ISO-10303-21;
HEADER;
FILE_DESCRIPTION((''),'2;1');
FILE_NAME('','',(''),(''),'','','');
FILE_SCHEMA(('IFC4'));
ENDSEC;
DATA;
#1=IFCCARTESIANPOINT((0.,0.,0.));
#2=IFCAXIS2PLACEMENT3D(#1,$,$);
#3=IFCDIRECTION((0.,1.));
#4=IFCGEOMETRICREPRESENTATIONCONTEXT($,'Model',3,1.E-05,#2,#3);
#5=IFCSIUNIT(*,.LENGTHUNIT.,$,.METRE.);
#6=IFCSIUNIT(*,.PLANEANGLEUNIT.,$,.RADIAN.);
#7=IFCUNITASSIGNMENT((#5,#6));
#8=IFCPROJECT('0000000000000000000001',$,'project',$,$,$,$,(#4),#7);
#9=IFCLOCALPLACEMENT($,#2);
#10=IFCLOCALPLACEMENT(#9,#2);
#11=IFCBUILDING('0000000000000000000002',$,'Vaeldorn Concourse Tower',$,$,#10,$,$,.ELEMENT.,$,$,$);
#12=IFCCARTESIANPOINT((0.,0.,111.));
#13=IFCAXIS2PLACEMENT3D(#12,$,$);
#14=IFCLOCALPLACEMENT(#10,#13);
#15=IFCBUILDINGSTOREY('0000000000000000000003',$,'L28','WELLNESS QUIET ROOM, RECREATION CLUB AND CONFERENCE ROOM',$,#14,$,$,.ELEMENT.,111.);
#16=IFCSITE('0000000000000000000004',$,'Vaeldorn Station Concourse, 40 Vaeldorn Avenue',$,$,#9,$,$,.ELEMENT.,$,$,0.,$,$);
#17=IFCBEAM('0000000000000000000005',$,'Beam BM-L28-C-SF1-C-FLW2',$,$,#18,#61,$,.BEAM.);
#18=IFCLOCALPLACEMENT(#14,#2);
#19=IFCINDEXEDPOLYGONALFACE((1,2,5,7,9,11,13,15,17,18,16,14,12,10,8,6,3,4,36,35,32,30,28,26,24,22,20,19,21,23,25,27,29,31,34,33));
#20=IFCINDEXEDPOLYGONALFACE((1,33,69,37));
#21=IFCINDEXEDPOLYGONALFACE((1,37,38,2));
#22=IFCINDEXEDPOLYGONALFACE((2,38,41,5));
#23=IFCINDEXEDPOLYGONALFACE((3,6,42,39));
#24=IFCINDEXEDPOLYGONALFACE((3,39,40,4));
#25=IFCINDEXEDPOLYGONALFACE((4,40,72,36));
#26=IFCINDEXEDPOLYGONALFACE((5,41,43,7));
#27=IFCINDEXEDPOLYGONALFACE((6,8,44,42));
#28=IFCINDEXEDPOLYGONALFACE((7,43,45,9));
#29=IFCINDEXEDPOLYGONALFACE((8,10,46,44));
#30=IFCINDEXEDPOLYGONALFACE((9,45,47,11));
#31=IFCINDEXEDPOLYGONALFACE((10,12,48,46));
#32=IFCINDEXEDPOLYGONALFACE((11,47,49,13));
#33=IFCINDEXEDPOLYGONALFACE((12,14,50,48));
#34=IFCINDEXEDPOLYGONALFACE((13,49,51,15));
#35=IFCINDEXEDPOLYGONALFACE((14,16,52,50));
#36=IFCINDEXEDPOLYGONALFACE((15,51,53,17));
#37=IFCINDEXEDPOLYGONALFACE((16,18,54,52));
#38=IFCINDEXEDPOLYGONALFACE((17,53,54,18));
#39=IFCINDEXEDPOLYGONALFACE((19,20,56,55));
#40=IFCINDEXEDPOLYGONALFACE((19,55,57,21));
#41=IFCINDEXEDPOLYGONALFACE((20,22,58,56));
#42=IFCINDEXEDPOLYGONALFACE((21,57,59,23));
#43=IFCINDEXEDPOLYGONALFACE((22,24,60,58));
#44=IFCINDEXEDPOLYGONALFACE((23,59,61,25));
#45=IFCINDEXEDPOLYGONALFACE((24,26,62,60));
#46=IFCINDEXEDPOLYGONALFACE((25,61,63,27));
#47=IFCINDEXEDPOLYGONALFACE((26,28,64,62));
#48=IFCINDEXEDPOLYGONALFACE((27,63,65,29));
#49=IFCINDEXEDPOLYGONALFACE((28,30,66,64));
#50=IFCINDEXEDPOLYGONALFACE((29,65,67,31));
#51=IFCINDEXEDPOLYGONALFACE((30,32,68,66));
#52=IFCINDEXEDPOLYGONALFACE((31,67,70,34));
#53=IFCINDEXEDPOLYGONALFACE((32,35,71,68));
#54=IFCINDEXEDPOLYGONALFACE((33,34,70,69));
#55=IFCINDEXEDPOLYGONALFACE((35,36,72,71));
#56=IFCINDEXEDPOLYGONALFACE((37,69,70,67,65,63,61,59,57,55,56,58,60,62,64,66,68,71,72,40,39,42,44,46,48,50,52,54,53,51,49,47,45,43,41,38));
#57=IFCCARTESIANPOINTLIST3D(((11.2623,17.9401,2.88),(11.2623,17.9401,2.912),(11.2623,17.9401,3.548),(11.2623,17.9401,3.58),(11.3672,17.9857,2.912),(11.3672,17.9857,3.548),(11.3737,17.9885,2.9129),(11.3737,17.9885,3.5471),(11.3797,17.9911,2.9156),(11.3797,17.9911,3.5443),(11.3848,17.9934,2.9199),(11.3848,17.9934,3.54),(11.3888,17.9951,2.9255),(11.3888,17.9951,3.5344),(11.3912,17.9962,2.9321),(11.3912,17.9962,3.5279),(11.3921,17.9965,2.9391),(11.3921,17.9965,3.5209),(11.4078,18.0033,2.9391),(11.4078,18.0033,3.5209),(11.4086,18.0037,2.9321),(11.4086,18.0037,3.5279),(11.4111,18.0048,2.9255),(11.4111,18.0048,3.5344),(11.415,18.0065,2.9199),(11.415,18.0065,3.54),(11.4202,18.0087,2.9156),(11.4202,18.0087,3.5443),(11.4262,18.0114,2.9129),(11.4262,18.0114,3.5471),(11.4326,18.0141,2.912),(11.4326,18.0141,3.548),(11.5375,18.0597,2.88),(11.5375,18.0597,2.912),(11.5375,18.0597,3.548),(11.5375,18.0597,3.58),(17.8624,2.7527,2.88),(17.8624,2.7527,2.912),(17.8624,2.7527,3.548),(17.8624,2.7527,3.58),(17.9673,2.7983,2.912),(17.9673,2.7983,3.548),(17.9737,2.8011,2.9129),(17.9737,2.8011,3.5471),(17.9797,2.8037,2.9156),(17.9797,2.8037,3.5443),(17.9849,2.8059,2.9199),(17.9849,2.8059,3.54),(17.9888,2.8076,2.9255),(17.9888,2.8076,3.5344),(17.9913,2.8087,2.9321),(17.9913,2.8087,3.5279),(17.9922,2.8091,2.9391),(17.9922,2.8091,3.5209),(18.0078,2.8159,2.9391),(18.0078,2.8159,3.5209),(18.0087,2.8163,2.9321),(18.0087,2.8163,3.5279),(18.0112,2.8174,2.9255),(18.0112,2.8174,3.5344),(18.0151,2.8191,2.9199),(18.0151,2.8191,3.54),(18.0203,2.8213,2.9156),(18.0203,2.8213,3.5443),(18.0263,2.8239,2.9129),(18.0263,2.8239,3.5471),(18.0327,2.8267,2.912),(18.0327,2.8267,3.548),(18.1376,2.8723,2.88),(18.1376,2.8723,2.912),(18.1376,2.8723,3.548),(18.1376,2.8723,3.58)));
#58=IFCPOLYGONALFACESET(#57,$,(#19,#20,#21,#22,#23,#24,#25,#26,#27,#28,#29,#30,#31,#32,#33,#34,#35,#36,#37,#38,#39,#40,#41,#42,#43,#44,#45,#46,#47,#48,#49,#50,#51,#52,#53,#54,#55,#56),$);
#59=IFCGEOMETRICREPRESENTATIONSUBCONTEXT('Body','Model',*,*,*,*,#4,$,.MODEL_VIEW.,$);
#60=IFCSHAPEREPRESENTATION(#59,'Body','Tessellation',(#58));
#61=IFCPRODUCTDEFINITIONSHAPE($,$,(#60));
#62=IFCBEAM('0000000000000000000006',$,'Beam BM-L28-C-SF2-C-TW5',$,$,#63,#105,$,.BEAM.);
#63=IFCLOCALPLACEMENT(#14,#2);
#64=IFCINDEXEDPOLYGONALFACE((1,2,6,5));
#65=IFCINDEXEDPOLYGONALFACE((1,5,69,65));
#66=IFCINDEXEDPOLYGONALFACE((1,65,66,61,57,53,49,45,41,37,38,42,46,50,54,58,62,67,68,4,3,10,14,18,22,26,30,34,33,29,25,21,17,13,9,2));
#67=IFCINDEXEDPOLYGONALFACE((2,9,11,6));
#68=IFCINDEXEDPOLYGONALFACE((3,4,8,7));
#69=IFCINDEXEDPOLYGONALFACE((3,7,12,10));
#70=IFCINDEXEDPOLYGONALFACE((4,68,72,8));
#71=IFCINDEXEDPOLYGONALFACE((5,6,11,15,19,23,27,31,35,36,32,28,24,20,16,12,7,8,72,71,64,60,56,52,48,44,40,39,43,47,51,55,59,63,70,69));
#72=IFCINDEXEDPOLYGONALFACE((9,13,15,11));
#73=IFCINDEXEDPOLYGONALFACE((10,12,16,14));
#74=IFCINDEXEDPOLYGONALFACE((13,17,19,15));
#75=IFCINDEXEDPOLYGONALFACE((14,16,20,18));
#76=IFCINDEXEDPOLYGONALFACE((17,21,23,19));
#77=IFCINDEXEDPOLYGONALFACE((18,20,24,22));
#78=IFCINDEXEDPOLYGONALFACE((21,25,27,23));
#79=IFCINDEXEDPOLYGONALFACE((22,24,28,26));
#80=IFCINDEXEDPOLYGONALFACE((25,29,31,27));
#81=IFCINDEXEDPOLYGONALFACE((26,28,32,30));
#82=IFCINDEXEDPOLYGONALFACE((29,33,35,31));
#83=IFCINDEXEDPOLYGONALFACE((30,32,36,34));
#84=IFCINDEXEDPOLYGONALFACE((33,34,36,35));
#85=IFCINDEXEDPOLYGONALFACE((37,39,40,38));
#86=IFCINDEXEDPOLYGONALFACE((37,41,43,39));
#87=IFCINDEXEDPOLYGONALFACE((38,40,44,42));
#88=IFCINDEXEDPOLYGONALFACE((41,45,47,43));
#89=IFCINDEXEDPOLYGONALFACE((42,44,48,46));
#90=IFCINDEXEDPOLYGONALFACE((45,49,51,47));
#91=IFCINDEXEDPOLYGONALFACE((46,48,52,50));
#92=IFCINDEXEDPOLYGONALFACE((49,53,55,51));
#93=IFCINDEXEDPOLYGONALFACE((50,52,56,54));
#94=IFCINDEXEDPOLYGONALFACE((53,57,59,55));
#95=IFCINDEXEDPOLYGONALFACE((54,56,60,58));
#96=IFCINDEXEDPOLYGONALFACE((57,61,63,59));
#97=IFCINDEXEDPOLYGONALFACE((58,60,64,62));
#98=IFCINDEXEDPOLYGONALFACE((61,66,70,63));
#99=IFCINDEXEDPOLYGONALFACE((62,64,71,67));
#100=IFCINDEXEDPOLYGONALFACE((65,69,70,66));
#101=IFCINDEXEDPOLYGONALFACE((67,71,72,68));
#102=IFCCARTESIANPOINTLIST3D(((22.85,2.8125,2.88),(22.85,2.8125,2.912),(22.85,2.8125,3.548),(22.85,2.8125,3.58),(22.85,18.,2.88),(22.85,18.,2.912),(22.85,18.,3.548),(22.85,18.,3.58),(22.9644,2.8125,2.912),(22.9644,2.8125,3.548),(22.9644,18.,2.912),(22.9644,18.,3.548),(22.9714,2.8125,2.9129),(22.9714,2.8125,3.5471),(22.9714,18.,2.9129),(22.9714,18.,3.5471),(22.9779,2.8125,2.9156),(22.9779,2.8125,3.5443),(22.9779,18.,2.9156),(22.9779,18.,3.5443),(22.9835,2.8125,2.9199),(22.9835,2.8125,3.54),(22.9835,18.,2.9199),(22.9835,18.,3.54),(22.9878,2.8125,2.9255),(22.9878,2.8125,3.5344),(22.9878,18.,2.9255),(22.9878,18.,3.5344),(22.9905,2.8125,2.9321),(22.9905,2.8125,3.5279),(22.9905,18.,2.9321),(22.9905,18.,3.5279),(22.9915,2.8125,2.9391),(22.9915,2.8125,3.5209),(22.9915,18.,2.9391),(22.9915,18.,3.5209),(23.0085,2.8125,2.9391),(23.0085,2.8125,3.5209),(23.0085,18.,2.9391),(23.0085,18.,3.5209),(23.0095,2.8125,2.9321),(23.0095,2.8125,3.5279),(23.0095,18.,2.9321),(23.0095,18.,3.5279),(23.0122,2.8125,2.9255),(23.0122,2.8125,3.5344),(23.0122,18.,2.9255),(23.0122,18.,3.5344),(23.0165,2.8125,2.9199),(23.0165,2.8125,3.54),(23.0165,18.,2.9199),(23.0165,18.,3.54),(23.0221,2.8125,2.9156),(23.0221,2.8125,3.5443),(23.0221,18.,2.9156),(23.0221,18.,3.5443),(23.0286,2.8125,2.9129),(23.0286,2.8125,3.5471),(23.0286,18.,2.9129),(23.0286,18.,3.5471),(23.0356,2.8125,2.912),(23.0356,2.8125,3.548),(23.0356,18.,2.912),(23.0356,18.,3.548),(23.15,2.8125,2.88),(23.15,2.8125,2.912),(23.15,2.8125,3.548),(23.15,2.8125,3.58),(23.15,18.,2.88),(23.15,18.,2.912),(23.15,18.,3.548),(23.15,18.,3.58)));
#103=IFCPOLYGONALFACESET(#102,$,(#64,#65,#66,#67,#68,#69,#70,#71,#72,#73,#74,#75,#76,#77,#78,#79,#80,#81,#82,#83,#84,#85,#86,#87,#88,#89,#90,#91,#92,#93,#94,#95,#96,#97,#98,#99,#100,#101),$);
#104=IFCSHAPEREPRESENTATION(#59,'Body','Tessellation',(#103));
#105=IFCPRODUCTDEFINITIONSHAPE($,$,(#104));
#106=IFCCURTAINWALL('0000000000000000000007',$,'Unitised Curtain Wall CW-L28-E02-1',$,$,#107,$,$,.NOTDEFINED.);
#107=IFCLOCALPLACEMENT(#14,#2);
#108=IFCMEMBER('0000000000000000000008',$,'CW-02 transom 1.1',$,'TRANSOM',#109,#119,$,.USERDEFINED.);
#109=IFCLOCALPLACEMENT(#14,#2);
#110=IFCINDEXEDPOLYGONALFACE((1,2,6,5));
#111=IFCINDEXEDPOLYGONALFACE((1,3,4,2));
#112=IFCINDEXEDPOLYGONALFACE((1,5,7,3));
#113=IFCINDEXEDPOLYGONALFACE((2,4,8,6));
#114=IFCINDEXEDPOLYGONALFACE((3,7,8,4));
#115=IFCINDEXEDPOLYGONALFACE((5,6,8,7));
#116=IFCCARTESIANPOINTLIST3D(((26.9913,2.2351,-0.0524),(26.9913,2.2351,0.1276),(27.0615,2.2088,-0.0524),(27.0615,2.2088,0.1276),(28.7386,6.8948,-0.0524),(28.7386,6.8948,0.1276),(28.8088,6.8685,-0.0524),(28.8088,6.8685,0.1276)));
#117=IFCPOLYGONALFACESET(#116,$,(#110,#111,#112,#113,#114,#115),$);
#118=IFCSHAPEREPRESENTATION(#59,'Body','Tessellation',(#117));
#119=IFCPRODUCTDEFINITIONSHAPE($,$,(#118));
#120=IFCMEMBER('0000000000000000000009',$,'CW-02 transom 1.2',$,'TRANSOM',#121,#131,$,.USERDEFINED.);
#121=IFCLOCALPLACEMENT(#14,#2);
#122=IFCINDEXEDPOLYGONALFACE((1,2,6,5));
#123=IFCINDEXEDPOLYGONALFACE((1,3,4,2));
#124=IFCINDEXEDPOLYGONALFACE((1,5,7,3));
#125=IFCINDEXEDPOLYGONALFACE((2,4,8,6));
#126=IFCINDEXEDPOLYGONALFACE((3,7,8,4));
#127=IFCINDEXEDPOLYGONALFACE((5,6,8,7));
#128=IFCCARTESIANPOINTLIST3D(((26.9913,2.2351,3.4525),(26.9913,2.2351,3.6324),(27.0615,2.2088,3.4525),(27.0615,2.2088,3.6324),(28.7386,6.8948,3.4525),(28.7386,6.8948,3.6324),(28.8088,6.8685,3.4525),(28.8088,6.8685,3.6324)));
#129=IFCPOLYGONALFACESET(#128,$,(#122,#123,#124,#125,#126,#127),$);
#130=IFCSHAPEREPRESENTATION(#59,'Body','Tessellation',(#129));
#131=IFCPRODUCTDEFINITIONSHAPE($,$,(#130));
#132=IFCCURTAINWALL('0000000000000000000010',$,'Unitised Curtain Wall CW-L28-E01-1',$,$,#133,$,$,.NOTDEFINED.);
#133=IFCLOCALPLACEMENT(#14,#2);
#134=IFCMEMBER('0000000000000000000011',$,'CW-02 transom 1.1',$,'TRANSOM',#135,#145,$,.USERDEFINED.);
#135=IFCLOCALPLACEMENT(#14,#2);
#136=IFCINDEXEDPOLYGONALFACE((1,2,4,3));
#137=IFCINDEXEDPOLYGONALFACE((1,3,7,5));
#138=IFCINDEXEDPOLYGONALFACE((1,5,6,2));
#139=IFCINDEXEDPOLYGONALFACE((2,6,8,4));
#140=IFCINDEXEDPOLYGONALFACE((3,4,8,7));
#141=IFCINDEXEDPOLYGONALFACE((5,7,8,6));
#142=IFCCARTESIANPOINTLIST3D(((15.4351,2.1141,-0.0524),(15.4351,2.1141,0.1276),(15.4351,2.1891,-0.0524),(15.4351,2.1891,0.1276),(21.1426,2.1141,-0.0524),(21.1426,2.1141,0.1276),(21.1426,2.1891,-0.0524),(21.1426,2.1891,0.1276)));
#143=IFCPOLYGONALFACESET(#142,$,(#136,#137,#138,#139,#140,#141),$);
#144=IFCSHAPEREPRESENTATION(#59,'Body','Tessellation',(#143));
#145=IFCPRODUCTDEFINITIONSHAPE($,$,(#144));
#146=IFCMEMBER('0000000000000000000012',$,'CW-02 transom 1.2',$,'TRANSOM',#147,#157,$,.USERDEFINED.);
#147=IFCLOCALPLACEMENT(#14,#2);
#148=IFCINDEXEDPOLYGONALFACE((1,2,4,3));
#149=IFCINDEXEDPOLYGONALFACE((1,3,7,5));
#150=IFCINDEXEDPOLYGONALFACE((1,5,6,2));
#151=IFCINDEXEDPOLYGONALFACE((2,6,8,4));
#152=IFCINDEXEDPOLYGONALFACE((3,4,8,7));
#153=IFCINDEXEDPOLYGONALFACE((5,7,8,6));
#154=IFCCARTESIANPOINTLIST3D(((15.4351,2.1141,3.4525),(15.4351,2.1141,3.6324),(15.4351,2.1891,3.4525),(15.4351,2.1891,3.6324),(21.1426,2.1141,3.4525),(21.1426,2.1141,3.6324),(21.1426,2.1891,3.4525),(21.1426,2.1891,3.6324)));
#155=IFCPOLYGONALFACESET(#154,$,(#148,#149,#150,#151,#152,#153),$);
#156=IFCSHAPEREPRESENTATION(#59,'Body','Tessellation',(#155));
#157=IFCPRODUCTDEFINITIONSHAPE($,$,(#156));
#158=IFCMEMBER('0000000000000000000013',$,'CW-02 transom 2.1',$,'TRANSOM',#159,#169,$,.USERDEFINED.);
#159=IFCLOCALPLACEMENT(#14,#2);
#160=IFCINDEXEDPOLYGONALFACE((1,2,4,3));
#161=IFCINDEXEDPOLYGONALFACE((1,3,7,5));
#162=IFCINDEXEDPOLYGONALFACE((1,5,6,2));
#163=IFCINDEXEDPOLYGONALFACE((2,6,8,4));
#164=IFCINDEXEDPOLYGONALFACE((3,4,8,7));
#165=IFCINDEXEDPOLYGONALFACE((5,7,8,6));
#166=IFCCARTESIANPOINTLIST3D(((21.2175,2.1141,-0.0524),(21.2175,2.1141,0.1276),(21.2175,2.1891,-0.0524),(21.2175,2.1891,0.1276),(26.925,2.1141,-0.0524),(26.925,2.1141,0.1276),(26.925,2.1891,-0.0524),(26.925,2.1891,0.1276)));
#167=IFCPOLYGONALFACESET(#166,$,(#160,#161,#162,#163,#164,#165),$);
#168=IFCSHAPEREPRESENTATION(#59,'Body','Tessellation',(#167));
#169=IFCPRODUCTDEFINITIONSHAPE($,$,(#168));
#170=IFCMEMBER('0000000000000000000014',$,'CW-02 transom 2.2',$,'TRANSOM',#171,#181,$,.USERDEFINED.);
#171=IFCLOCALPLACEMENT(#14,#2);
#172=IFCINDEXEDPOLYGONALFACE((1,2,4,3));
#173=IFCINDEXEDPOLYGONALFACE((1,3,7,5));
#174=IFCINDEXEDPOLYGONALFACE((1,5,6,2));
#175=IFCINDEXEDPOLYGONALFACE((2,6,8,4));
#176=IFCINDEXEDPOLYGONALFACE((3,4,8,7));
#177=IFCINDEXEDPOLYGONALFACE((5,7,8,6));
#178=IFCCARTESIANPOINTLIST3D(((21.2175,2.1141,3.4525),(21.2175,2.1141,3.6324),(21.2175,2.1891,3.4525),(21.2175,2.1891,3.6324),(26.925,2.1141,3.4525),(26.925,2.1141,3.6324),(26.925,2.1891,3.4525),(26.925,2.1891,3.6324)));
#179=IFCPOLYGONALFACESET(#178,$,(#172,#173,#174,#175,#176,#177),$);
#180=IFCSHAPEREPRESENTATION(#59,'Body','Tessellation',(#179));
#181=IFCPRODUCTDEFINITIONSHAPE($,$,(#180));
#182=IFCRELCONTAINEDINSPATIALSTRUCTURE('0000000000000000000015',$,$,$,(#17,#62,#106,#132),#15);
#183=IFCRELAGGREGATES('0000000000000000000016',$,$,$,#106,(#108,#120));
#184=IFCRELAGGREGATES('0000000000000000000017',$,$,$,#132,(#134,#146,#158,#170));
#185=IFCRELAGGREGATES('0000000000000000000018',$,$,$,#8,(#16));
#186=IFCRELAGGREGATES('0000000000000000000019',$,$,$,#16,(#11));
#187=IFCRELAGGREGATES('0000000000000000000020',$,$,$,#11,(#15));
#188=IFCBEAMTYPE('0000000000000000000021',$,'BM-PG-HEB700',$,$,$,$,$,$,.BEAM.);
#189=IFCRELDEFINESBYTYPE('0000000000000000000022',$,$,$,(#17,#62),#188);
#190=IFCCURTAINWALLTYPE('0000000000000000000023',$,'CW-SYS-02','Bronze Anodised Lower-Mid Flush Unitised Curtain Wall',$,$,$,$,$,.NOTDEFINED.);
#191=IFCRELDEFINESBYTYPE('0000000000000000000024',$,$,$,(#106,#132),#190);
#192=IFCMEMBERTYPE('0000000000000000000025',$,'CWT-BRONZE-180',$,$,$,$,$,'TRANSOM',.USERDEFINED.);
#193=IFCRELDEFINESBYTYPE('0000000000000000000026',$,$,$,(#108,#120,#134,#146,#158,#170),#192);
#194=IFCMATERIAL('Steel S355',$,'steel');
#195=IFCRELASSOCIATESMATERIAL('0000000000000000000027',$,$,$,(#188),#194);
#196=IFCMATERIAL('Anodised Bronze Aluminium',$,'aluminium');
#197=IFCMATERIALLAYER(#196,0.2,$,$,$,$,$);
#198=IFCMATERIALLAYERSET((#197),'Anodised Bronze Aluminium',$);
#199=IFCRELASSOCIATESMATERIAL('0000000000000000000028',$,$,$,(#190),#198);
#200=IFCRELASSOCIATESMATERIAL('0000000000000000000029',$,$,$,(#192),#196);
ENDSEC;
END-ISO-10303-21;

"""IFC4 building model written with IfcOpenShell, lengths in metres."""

from ifc_helpers import new_model, si_unit, direction, frame, origin, origin_2d, place, context, subcontext, project, spatial, rectangle, i_section, extrude, source, transform, mapped, material, layer, layer_set, material_profile, profile_set, type_object, element, aggregate, save


model = new_model("IFC4")

# Units and contexts
model_context = context("Model", 3, precision=1e-05, world=origin(), true_north=direction((0.0, 1.0)))
body_context = subcontext(model_context, "Body", "Model", "MODEL_VIEW")
ifc_project = project(units=[si_unit("LENGTHUNIT", "METRE"), si_unit("PLANEANGLEUNIT", "RADIAN")], contexts=[model_context])

# Site, building, storey
site_placement = place(None, origin())
site = spatial("IfcSite", under=ifc_project, at=site_placement, Name="Vaeldorn Station Concourse, 40 Vaeldorn Avenue", CompositionType="ELEMENT", RefElevation=0.0)
building_placement = place(site_placement, origin())
building = spatial("IfcBuilding", under=site, at=building_placement, Name="Vaeldorn Concourse Tower", CompositionType="ELEMENT")
storey_placement = place(building_placement, frame((0.0, 0.0, 111.0)))
storey = spatial("IfcBuildingStorey", under=building, at=storey_placement, Name="L28", Description="WELLNESS QUIET ROOM, RECREATION CLUB AND CONFERENCE ROOM", CompositionType="ELEMENT", Elevation=111.0)

# Beams
ifc_material_1 = material(Name="Steel S355", Category="steel")
ifc_material_profile_1 = material_profile(ifc_material_1, i_section(OverallWidth=0.3, OverallDepth=0.7, WebThickness=0.0171, FlangeThickness=0.032, FilletRadius=0.0271, at=origin_2d()), Name="HEB 700")
ifc_profile_set_1 = profile_set([ifc_material_profile_1], Name="Steel S355")
beam_type_1 = type_object("IfcBeamType", Name="BM-PG-HEB700", PredefinedType="BEAM", material=ifc_profile_set_1)
shared_shape_1 = source(origin(), body_context, "Body", "SweptSolid", [
    extrude(i_section(OverallWidth=0.3, OverallDepth=0.7, WebThickness=0.0171, FlangeThickness=0.032, FilletRadius=0.0271, at=origin_2d()), origin(), (0.0, 0.0, 1.0), 16.5596),
])
beam_1_placement = place(storey_placement, frame((18.0, 2.8125, 3.23), z_axis=(-0.398565, 0.91714, 0.0), x_axis=(-0.91714, -0.398565, 0.0)))
element("IfcBeam", 1, at=beam_1_placement, inside=storey, type_object=beam_type_1, Name="Beam BM-L28-C-SF1-C-FLW2", PredefinedType="BEAM", context=body_context, shape_type="MappedRepresentation", body=[
    mapped(shared_shape_1, transform((0.0, 0.0, 0.0), scale=1.0)),
])
shared_shape_2 = source(origin(), body_context, "Body", "SweptSolid", [
    extrude(i_section(OverallWidth=0.3, OverallDepth=0.7, WebThickness=0.0171, FlangeThickness=0.032, FilletRadius=0.0271, at=origin_2d()), origin(), (0.0, 0.0, 1.0), 15.1875),
])
beam_2_placement = place(storey_placement, frame((23.0, 2.8125, 3.23), z_axis=(0.0, 1.0, 0.0), x_axis=(-1.0, 0.0, 0.0)))
element("IfcBeam", 2, at=beam_2_placement, inside=storey, type_object=beam_type_1, Name="Beam BM-L28-C-SF2-C-TW5", PredefinedType="BEAM", context=body_context, shape_type="MappedRepresentation", body=[
    mapped(shared_shape_2, transform((0.0, 0.0, 0.0), scale=1.0)),
])

# Curtain walls, members
ifc_material_2 = material(Name="Anodised Bronze Aluminium", Category="aluminium")
ifc_layer_1 = layer(ifc_material_2, 0.2)
ifc_layer_set_1 = layer_set([ifc_layer_1], Name="Anodised Bronze Aluminium")
curtain_wall_type = type_object("IfcCurtainWallType", Name="CW-SYS-02", Description="Bronze Anodised Lower-Mid Flush Unitised Curtain Wall", PredefinedType="NOTDEFINED", material=ifc_layer_set_1)
curtain_wall_1_placement = place(storey_placement, origin())
curtain_wall_1 = element("IfcCurtainWall", 3, at=curtain_wall_1_placement, inside=storey, type_object=curtain_wall_type, Name="Unitised Curtain Wall CW-L28-E02-1", PredefinedType="NOTDEFINED")
ifc_material_profile_2 = material_profile(ifc_material_2, rectangle(XDim=0.075, YDim=0.1799, at=origin_2d()), Name="CWT 75x180")
ifc_profile_set_2 = profile_set([ifc_material_profile_2], Name="Anodised Bronze Aluminium")
member_type_1 = type_object("IfcMemberType", Name="CWT-BRONZE-180", ElementType="TRANSOM", PredefinedType="USERDEFINED", material=ifc_profile_set_2)
shared_shape_3 = source(origin(), body_context, "Body", "SweptSolid", [
    extrude(rectangle(XDim=0.075, YDim=0.1799, at=origin_2d()), origin(), (0.0, 0.0, 1.0), 4.9766),
])
member_1_placement = place(storey_placement, frame((27.0264, 2.2219, 0.0376), z_axis=(0.351113, 0.936333, 0.0), x_axis=(-0.936333, 0.351113, 0.0)))
member_1 = element("IfcMember", 4, at=member_1_placement, type_object=member_type_1, Name="CW-02 transom 1.1", ObjectType="TRANSOM", PredefinedType="USERDEFINED", context=body_context, shape_type="MappedRepresentation", body=[
    mapped(shared_shape_3, transform((0.0, 0.0, 0.0), scale=1.0)),
])
member_2_placement = place(storey_placement, frame((27.0264, 2.2219, 3.5425), z_axis=(0.351113, 0.936333, 0.0), x_axis=(-0.936333, 0.351113, 0.0)))
member_2 = element("IfcMember", 5, at=member_2_placement, type_object=member_type_1, Name="CW-02 transom 1.2", ObjectType="TRANSOM", PredefinedType="USERDEFINED", context=body_context, shape_type="MappedRepresentation", body=[
    mapped(shared_shape_3, transform((0.0, 0.0, 0.0), scale=1.0)),
])
curtain_wall_2_placement = place(storey_placement, origin())
curtain_wall_2 = element("IfcCurtainWall", 6, at=curtain_wall_2_placement, inside=storey, type_object=curtain_wall_type, Name="Unitised Curtain Wall CW-L28-E01-1", PredefinedType="NOTDEFINED")
shared_shape_4 = source(origin(), body_context, "Body", "SweptSolid", [
    extrude(rectangle(XDim=0.075, YDim=0.1799, at=origin_2d()), origin(), (0.0, 0.0, 1.0), 5.7075),
])
member_3_placement = place(storey_placement, frame((15.4351, 2.1516, 0.0376), z_axis=(1.0, 0.0, 0.0), x_axis=(0.0, 1.0, 0.0)))
member_3 = element("IfcMember", 7, at=member_3_placement, type_object=member_type_1, Name="CW-02 transom 1.1", ObjectType="TRANSOM", PredefinedType="USERDEFINED", context=body_context, shape_type="MappedRepresentation", body=[
    mapped(shared_shape_4, transform((0.0, 0.0, 0.0), scale=1.0)),
])
member_4_placement = place(storey_placement, frame((15.4351, 2.1516, 3.5425), z_axis=(1.0, 0.0, 0.0), x_axis=(0.0, 1.0, 0.0)))
member_4 = element("IfcMember", 8, at=member_4_placement, type_object=member_type_1, Name="CW-02 transom 1.2", ObjectType="TRANSOM", PredefinedType="USERDEFINED", context=body_context, shape_type="MappedRepresentation", body=[
    mapped(shared_shape_4, transform((0.0, 0.0, 0.0), scale=1.0)),
])
member_5_placement = place(storey_placement, frame((21.2175, 2.1516, 0.0376), z_axis=(1.0, 0.0, 0.0), x_axis=(0.0, 1.0, 0.0)))
member_5 = element("IfcMember", 9, at=member_5_placement, type_object=member_type_1, Name="CW-02 transom 2.1", ObjectType="TRANSOM", PredefinedType="USERDEFINED", context=body_context, shape_type="MappedRepresentation", body=[
    mapped(shared_shape_4, transform((0.0, 0.0, 0.0), scale=1.0)),
])
member_6_placement = place(storey_placement, frame((21.2175, 2.1516, 3.5425), z_axis=(1.0, 0.0, 0.0), x_axis=(0.0, 1.0, 0.0)))
member_6 = element("IfcMember", 10, at=member_6_placement, type_object=member_type_1, Name="CW-02 transom 2.2", ObjectType="TRANSOM", PredefinedType="USERDEFINED", context=body_context, shape_type="MappedRepresentation", body=[
    mapped(shared_shape_4, transform((0.0, 0.0, 0.0), scale=1.0)),
])

aggregate(curtain_wall_1, [member_1, member_2])

aggregate(curtain_wall_2, [member_3, member_4, member_5, member_6])

save(model, "model.ifc")
